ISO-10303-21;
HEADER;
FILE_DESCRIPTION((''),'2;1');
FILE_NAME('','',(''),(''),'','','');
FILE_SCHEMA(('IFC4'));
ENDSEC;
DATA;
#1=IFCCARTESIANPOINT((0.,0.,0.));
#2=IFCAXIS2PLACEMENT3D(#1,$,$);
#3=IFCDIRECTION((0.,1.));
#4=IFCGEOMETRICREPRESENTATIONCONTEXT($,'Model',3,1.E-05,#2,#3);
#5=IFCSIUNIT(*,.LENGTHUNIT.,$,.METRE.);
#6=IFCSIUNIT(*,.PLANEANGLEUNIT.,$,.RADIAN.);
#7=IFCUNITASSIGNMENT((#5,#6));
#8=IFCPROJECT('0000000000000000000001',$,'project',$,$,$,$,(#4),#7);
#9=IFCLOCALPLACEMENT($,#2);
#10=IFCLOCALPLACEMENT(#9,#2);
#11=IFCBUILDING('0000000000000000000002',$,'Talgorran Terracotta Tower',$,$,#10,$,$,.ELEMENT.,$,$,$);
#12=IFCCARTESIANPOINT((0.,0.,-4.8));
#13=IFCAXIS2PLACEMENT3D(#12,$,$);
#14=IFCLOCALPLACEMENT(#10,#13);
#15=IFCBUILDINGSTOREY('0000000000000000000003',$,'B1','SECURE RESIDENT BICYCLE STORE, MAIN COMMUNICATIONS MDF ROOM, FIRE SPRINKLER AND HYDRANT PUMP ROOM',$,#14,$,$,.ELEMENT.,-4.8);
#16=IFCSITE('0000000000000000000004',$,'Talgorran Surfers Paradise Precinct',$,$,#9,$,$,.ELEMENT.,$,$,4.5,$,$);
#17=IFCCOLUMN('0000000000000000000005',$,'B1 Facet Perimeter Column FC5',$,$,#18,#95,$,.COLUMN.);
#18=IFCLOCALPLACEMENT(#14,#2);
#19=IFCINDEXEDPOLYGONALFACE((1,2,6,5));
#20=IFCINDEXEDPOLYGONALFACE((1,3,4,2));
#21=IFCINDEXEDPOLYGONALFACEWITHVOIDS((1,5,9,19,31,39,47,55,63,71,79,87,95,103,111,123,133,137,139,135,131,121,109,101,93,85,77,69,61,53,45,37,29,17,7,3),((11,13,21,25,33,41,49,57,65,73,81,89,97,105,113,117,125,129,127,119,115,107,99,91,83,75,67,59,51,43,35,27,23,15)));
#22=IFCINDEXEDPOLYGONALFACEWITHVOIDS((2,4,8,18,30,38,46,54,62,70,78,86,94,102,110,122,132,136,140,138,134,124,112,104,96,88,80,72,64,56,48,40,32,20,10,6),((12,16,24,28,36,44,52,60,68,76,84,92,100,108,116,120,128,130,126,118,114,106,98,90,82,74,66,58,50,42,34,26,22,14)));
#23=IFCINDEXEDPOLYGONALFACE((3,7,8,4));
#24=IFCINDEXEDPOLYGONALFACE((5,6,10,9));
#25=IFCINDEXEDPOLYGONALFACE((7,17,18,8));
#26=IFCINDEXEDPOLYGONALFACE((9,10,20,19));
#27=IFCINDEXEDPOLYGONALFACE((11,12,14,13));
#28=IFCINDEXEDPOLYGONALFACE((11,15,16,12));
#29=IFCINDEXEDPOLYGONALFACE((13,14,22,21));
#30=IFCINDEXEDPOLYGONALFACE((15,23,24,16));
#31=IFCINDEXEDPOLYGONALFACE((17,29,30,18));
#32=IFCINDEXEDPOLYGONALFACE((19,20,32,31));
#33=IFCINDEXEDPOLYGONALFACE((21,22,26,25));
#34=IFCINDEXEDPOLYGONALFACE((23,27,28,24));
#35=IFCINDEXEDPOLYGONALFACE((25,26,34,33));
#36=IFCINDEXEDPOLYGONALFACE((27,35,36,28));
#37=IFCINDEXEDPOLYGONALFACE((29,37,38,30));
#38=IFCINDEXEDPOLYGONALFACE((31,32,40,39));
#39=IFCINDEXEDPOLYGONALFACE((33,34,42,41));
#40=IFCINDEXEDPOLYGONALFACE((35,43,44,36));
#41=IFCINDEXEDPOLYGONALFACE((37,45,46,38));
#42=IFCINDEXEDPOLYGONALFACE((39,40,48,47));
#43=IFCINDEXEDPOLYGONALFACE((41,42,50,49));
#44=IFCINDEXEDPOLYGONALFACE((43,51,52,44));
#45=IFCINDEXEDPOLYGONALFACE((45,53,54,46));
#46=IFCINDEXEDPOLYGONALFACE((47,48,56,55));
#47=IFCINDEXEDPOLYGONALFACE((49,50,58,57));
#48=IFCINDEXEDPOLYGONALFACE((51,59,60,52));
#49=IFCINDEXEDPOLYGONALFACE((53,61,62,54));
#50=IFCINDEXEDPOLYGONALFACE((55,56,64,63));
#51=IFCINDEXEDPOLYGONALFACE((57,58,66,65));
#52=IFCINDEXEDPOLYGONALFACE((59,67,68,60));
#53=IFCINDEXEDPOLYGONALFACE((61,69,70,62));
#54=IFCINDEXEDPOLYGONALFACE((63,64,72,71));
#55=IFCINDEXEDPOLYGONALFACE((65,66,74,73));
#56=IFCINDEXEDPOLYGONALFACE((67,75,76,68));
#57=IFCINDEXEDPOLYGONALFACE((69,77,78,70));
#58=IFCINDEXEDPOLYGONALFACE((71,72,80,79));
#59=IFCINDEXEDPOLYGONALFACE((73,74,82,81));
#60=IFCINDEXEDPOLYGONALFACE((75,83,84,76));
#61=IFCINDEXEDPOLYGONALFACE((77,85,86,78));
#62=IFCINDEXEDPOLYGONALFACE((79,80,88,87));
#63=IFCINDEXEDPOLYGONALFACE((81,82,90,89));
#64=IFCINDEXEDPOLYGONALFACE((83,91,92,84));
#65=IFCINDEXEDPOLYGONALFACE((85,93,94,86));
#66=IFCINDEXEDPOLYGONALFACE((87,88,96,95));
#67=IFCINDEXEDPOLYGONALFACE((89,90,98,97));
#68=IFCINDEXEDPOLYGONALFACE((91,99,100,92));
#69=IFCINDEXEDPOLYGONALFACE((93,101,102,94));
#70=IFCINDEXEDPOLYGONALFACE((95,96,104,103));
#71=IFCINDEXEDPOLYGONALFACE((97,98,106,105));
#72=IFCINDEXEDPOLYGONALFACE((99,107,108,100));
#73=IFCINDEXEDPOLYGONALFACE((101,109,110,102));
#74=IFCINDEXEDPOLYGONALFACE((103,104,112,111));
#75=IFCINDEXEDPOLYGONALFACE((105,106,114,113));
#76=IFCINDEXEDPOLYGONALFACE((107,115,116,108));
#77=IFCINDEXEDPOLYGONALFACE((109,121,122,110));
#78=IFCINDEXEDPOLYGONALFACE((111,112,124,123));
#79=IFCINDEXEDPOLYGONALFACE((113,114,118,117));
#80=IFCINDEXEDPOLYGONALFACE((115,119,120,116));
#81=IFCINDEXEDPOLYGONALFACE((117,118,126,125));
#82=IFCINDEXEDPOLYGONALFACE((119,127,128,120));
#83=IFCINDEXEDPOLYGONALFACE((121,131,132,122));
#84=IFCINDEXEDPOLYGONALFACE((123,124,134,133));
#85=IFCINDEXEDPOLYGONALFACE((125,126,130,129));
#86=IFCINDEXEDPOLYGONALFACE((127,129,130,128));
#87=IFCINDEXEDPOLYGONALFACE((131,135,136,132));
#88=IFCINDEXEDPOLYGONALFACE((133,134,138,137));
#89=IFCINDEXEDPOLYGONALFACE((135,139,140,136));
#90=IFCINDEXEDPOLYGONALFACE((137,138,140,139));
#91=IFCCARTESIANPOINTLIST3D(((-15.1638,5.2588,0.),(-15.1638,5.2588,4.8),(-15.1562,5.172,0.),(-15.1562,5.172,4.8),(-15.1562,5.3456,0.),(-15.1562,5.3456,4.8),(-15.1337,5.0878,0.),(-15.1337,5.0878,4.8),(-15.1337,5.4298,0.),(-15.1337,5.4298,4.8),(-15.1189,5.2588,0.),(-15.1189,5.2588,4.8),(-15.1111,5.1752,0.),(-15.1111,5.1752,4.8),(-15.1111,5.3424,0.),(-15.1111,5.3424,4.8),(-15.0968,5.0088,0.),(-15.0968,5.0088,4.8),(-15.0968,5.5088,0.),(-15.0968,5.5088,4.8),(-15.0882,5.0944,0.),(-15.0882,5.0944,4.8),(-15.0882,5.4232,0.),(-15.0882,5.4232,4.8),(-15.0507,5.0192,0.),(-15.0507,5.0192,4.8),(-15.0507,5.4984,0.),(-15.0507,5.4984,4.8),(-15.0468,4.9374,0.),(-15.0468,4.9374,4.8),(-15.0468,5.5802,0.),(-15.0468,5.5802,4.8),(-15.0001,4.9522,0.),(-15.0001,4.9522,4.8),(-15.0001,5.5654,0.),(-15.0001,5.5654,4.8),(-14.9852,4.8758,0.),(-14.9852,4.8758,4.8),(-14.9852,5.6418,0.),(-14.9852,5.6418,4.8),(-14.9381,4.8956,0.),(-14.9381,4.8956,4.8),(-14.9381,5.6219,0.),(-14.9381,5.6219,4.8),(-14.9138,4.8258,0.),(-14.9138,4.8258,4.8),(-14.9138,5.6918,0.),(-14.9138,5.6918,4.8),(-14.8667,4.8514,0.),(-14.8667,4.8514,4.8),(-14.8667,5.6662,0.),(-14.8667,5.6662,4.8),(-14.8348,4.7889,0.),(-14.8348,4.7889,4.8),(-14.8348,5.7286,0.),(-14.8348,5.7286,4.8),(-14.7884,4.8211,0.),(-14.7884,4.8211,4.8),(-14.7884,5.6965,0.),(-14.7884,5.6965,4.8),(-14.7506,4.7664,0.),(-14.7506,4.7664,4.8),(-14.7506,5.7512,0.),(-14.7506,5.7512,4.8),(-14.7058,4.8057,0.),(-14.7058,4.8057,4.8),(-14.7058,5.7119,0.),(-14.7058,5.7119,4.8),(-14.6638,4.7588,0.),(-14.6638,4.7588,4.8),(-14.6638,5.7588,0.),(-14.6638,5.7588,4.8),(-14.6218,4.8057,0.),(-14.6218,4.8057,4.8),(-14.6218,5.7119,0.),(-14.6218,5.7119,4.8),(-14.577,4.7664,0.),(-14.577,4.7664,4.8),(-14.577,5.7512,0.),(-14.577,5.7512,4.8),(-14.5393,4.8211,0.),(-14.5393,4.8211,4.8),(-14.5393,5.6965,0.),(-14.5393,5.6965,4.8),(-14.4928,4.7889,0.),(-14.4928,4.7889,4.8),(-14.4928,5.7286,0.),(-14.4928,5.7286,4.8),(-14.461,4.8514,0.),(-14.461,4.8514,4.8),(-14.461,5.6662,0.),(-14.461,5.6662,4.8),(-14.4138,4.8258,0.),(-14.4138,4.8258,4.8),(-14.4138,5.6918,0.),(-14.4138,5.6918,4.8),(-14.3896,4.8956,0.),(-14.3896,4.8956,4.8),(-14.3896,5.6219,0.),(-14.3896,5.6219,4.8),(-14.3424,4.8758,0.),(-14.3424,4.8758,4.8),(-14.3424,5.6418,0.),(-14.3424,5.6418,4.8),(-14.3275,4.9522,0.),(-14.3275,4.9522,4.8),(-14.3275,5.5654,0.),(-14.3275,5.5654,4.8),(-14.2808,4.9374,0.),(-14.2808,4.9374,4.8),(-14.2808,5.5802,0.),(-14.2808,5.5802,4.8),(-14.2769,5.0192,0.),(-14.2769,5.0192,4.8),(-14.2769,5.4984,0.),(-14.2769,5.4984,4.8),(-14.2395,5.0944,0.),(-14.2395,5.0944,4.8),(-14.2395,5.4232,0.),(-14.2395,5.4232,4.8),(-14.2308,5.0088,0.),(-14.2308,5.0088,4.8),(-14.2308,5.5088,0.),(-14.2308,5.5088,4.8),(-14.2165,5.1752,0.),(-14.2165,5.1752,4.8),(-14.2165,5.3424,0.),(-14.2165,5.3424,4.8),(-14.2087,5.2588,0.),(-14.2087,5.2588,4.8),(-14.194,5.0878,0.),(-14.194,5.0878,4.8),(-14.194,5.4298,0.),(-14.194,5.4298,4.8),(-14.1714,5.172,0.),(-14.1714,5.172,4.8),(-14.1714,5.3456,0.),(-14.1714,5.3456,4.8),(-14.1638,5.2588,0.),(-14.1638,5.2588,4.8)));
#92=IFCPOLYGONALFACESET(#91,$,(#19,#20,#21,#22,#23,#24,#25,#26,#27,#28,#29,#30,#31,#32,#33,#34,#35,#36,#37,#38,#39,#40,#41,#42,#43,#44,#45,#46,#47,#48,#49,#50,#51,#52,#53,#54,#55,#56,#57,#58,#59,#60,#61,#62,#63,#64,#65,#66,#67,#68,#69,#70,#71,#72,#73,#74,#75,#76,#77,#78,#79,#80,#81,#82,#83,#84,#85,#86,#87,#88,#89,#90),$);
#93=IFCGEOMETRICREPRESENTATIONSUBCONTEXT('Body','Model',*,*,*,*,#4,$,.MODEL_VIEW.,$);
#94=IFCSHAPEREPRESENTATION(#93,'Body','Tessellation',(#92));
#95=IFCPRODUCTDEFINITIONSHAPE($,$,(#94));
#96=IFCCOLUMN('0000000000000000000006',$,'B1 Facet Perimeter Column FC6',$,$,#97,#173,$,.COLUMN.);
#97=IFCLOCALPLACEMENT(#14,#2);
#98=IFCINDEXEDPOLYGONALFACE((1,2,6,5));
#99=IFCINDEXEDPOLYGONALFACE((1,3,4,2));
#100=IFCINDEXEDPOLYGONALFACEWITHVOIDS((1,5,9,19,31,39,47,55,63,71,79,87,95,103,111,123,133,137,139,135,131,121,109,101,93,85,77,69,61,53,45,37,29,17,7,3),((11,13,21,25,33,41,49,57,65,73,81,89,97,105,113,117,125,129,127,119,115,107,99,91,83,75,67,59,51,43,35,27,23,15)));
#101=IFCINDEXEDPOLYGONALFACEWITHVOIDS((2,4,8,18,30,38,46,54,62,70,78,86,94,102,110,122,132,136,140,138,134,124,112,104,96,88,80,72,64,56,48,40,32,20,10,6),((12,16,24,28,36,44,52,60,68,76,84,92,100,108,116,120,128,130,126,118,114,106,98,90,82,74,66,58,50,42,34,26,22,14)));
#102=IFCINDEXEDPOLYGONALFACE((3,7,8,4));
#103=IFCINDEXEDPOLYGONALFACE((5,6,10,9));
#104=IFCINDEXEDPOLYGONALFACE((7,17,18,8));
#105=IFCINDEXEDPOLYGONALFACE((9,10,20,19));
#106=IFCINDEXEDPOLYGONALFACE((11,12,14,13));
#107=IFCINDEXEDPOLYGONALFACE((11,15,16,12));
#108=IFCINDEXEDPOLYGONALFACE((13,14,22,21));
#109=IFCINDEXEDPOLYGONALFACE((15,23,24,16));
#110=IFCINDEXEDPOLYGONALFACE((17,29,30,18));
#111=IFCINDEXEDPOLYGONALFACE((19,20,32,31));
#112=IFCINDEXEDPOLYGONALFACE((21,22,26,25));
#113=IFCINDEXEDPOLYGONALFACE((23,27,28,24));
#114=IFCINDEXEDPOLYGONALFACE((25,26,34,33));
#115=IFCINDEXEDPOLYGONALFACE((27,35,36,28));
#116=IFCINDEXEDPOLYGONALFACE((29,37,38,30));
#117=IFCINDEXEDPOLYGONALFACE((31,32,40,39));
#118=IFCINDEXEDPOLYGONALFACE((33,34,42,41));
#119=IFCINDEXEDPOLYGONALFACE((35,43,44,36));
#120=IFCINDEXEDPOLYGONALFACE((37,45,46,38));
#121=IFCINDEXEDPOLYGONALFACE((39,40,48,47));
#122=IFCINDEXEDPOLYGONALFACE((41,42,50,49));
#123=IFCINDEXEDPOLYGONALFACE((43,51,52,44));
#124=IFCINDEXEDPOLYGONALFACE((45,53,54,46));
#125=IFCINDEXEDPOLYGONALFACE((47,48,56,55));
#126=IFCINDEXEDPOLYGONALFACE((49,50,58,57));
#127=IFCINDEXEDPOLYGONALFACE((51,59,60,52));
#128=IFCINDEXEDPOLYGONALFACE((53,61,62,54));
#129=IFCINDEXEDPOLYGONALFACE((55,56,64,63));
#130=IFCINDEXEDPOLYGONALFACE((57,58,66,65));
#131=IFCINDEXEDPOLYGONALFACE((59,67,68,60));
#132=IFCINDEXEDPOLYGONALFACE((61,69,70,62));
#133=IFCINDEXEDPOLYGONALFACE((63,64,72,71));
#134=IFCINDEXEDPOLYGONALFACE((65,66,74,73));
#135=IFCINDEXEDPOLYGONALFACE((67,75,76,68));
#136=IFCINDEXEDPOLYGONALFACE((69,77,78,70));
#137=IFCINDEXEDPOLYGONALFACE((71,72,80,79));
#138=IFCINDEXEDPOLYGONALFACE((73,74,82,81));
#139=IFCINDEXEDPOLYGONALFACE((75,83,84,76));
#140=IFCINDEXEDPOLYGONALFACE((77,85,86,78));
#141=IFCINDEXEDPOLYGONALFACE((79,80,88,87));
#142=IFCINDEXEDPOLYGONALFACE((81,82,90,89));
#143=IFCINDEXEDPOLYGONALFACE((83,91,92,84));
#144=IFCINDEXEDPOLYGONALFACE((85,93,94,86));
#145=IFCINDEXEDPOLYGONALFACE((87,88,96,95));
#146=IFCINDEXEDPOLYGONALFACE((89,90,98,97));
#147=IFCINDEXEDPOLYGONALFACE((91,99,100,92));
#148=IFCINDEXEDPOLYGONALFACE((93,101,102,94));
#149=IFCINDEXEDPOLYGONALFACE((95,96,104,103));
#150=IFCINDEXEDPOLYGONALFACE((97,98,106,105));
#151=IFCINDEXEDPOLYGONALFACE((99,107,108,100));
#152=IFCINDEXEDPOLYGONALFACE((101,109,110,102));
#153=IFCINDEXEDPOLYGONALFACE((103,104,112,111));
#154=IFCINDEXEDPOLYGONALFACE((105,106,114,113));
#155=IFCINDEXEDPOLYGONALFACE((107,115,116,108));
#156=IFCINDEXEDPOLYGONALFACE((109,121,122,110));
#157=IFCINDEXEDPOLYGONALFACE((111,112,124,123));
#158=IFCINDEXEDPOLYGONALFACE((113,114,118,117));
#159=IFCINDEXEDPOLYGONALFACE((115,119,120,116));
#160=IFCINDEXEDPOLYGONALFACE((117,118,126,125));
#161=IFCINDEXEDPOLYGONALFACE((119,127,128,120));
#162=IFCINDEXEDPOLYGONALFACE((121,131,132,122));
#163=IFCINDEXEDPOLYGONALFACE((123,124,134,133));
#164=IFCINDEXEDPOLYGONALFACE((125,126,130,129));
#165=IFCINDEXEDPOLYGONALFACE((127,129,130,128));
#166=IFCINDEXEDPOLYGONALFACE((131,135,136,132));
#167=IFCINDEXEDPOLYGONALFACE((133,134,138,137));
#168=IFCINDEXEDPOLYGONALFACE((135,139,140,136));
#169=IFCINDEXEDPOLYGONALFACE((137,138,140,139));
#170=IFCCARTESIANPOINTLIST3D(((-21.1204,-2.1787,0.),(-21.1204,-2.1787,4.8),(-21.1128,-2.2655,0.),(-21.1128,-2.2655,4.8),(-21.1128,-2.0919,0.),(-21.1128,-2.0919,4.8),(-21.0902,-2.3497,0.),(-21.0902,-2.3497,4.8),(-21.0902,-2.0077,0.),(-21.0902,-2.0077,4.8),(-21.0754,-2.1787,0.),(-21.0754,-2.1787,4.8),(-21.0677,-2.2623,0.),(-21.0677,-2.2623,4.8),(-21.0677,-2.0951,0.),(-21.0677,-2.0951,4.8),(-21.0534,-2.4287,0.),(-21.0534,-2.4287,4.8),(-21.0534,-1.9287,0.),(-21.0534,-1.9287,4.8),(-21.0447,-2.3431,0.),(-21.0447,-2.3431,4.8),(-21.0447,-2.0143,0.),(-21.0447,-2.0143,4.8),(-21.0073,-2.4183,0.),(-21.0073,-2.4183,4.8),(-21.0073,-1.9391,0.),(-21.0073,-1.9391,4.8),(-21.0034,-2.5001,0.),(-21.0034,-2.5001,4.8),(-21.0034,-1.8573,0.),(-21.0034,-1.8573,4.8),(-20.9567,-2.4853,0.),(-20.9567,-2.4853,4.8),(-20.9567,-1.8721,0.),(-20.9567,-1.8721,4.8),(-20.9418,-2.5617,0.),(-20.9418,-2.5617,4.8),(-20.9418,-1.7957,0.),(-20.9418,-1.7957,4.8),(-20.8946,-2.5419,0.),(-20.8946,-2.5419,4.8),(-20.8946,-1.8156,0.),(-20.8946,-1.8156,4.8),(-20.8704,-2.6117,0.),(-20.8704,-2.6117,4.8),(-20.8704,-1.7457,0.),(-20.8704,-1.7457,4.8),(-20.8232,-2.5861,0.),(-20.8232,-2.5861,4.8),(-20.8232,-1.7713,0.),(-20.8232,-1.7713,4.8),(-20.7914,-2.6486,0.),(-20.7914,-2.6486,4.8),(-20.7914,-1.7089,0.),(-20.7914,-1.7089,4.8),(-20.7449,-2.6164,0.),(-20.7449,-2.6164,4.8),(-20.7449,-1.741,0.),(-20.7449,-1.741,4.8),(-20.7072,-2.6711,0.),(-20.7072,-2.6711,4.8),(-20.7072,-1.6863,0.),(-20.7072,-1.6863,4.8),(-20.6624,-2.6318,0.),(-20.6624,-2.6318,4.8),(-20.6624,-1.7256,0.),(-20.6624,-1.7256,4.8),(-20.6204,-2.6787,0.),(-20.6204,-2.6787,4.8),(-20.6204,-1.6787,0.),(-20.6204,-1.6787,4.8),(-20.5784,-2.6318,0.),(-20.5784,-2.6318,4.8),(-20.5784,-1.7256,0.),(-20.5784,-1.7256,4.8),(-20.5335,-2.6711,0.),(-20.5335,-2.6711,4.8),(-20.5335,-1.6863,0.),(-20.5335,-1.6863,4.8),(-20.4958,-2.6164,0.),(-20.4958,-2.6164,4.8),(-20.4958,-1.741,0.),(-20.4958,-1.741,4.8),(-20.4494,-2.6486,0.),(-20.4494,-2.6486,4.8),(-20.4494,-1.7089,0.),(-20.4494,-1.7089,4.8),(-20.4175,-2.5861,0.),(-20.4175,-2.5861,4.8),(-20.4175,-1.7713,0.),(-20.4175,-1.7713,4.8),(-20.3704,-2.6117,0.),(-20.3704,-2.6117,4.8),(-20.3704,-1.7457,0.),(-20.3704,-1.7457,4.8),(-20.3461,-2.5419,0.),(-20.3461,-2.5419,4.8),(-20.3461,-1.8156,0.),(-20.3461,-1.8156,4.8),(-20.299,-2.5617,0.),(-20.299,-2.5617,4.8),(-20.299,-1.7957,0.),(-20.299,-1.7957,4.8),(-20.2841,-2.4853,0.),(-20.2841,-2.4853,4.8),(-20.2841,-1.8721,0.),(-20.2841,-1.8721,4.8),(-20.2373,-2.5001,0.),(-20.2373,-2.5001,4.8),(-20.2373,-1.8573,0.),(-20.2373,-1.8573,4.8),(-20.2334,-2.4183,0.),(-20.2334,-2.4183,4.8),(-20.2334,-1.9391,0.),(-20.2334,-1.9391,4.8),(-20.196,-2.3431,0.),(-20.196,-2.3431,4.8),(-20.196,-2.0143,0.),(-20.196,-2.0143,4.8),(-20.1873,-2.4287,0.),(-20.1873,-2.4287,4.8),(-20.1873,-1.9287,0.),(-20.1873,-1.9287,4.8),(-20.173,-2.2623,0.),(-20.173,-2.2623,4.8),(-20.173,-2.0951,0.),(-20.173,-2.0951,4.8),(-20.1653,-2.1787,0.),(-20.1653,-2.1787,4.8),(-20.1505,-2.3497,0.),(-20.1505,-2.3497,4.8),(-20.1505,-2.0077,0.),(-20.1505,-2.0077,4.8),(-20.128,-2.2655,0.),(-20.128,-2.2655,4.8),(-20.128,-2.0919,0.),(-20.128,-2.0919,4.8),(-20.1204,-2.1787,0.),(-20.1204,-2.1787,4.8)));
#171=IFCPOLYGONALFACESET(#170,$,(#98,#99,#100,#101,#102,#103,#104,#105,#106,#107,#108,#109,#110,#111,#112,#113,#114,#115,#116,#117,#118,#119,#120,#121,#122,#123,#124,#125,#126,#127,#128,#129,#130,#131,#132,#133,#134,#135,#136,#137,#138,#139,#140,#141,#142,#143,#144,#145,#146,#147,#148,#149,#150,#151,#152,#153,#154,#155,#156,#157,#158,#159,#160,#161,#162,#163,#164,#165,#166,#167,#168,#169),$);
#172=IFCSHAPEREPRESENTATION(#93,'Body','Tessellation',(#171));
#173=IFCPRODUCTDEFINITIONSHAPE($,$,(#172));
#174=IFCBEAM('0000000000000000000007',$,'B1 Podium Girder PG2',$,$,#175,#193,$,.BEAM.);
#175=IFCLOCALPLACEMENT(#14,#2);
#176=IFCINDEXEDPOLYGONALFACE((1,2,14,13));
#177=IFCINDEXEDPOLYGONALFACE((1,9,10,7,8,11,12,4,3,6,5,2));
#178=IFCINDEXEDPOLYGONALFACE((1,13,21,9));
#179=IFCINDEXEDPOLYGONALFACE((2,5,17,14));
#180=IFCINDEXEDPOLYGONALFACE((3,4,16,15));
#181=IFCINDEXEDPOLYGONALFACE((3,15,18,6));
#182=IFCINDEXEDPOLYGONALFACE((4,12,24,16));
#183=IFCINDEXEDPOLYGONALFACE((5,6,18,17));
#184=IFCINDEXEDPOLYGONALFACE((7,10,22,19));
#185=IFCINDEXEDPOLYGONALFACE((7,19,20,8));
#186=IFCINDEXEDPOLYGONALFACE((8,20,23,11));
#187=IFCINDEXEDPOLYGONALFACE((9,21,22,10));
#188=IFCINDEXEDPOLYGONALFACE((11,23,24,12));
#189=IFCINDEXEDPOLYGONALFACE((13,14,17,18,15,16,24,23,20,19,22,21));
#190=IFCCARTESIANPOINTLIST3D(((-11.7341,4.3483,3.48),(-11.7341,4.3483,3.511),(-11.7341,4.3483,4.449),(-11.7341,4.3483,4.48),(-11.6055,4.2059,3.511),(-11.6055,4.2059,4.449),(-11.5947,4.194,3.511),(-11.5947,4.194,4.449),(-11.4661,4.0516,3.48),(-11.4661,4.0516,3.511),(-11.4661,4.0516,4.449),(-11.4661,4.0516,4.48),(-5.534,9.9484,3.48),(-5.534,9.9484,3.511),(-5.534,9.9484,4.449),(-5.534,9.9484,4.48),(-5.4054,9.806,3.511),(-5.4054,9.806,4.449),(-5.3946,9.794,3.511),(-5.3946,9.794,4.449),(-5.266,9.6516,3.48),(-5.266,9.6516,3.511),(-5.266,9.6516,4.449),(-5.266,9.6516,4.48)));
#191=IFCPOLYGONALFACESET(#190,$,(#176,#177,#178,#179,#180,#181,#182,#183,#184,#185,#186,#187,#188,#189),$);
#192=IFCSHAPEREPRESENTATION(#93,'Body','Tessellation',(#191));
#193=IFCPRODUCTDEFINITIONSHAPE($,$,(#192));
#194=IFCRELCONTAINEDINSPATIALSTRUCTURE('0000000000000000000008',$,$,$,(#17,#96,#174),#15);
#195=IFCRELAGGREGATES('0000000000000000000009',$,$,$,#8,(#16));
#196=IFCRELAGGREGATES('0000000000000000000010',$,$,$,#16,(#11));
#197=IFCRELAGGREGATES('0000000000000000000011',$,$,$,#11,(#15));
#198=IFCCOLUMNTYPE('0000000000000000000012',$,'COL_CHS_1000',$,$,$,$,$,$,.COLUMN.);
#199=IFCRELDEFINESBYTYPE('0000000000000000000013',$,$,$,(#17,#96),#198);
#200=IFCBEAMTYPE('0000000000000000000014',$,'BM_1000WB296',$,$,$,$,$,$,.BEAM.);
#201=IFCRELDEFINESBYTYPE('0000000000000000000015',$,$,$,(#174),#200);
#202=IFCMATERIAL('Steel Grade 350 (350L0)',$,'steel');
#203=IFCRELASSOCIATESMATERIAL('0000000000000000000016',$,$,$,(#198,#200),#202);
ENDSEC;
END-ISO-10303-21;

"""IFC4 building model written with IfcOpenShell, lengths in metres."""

from ifc_helpers import new_model, si_unit, direction, frame, origin, origin_2d, place, context, subcontext, project, spatial, hollow_circle, i_section, extrude, material, material_profile, profile_set, type_object, element, save


model = new_model("IFC4")

# Units and contexts
model_context = context("Model", 3, precision=1e-05, world=origin(), true_north=direction((0.0, 1.0)))
body_context = subcontext(model_context, "Body", "Model", "MODEL_VIEW")
ifc_project = project(units=[si_unit("LENGTHUNIT", "METRE"), si_unit("PLANEANGLEUNIT", "RADIAN")], contexts=[model_context])

# Site, building, storey
site_placement = place(None, origin())
site = spatial("IfcSite", under=ifc_project, at=site_placement, Name="Talgorran Surfers Paradise Precinct", CompositionType="ELEMENT", RefElevation=4.5)
building_placement = place(site_placement, origin())
building = spatial("IfcBuilding", under=site, at=building_placement, Name="Talgorran Terracotta Tower", CompositionType="ELEMENT")
storey_placement = place(building_placement, frame((0.0, 0.0, -4.8)))
storey = spatial("IfcBuildingStorey", under=building, at=storey_placement, Name="B1", Description="SECURE RESIDENT BICYCLE STORE, MAIN COMMUNICATIONS MDF ROOM, FIRE SPRINKLER AND HYDRANT PUMP ROOM", CompositionType="ELEMENT", Elevation=-4.8)

# Columns
ifc_material_1 = material(Name="Steel Grade 350 (350L0)", Category="steel")
ifc_material_profile_1 = material_profile(ifc_material_1, hollow_circle(Radius=0.5, WallThickness=0.0449, at=origin_2d()), Name="CHS1000X45")
ifc_profile_set_1 = profile_set([ifc_material_profile_1], Name="Steel Grade 350 (350L0)")
column_type_1 = type_object("IfcColumnType", Name="COL_CHS_1000", PredefinedType="COLUMN", material=ifc_profile_set_1)
for number, where, z_axis, x_axis, name in (
    (1, (-14.6638, 5.2588, 0.0), (0.0, 0.0, 1.0), (1.0, 0.0, 0.0), "B1 Facet Perimeter Column FC5"),
    (2, (-20.6204, -2.1787, 0.0), (0.0, 0.0, 1.0), (1.0, 0.0, 0.0), "B1 Facet Perimeter Column FC6"),
):
    element("IfcColumn", number, at=place(storey_placement, frame(where, z_axis=z_axis, x_axis=x_axis)), inside=storey, type_object=column_type_1, Name=name, PredefinedType="COLUMN", context=body_context, shape_type="SweptSolid", body=[
        extrude(hollow_circle(Radius=0.5, WallThickness=0.0449, at=origin_2d()), origin(), (0.0, 0.0, 1.0), 4.8),
    ])

# Beam
ifc_material_profile_2 = material_profile(ifc_material_1, i_section(OverallWidth=0.3999, OverallDepth=1.0, WebThickness=0.0161, FlangeThickness=0.031, at=origin_2d()), Name="1000WB296")
ifc_profile_set_2 = profile_set([ifc_material_profile_2], Name="Steel Grade 350 (350L0)")
beam_type_1 = type_object("IfcBeamType", Name="BM_1000WB296", PredefinedType="BEAM", material=ifc_profile_set_2)
beam_1_placement = place(storey_placement, frame((-11.6001, 4.2, 3.98), z_axis=(0.742107, 0.670281, 0.0), x_axis=(-0.670281, 0.742107, 0.0)))
element("IfcBeam", 3, at=beam_1_placement, inside=storey, type_object=beam_type_1, Name="B1 Podium Girder PG2", PredefinedType="BEAM", context=body_context, shape_type="SweptSolid", body=[
    extrude(i_section(OverallWidth=0.3999, OverallDepth=1.0, WebThickness=0.0161, FlangeThickness=0.031, at=origin_2d()), origin(), (0.0, 0.0, 1.0), 8.3547),
])

save(model, "model.ifc")
